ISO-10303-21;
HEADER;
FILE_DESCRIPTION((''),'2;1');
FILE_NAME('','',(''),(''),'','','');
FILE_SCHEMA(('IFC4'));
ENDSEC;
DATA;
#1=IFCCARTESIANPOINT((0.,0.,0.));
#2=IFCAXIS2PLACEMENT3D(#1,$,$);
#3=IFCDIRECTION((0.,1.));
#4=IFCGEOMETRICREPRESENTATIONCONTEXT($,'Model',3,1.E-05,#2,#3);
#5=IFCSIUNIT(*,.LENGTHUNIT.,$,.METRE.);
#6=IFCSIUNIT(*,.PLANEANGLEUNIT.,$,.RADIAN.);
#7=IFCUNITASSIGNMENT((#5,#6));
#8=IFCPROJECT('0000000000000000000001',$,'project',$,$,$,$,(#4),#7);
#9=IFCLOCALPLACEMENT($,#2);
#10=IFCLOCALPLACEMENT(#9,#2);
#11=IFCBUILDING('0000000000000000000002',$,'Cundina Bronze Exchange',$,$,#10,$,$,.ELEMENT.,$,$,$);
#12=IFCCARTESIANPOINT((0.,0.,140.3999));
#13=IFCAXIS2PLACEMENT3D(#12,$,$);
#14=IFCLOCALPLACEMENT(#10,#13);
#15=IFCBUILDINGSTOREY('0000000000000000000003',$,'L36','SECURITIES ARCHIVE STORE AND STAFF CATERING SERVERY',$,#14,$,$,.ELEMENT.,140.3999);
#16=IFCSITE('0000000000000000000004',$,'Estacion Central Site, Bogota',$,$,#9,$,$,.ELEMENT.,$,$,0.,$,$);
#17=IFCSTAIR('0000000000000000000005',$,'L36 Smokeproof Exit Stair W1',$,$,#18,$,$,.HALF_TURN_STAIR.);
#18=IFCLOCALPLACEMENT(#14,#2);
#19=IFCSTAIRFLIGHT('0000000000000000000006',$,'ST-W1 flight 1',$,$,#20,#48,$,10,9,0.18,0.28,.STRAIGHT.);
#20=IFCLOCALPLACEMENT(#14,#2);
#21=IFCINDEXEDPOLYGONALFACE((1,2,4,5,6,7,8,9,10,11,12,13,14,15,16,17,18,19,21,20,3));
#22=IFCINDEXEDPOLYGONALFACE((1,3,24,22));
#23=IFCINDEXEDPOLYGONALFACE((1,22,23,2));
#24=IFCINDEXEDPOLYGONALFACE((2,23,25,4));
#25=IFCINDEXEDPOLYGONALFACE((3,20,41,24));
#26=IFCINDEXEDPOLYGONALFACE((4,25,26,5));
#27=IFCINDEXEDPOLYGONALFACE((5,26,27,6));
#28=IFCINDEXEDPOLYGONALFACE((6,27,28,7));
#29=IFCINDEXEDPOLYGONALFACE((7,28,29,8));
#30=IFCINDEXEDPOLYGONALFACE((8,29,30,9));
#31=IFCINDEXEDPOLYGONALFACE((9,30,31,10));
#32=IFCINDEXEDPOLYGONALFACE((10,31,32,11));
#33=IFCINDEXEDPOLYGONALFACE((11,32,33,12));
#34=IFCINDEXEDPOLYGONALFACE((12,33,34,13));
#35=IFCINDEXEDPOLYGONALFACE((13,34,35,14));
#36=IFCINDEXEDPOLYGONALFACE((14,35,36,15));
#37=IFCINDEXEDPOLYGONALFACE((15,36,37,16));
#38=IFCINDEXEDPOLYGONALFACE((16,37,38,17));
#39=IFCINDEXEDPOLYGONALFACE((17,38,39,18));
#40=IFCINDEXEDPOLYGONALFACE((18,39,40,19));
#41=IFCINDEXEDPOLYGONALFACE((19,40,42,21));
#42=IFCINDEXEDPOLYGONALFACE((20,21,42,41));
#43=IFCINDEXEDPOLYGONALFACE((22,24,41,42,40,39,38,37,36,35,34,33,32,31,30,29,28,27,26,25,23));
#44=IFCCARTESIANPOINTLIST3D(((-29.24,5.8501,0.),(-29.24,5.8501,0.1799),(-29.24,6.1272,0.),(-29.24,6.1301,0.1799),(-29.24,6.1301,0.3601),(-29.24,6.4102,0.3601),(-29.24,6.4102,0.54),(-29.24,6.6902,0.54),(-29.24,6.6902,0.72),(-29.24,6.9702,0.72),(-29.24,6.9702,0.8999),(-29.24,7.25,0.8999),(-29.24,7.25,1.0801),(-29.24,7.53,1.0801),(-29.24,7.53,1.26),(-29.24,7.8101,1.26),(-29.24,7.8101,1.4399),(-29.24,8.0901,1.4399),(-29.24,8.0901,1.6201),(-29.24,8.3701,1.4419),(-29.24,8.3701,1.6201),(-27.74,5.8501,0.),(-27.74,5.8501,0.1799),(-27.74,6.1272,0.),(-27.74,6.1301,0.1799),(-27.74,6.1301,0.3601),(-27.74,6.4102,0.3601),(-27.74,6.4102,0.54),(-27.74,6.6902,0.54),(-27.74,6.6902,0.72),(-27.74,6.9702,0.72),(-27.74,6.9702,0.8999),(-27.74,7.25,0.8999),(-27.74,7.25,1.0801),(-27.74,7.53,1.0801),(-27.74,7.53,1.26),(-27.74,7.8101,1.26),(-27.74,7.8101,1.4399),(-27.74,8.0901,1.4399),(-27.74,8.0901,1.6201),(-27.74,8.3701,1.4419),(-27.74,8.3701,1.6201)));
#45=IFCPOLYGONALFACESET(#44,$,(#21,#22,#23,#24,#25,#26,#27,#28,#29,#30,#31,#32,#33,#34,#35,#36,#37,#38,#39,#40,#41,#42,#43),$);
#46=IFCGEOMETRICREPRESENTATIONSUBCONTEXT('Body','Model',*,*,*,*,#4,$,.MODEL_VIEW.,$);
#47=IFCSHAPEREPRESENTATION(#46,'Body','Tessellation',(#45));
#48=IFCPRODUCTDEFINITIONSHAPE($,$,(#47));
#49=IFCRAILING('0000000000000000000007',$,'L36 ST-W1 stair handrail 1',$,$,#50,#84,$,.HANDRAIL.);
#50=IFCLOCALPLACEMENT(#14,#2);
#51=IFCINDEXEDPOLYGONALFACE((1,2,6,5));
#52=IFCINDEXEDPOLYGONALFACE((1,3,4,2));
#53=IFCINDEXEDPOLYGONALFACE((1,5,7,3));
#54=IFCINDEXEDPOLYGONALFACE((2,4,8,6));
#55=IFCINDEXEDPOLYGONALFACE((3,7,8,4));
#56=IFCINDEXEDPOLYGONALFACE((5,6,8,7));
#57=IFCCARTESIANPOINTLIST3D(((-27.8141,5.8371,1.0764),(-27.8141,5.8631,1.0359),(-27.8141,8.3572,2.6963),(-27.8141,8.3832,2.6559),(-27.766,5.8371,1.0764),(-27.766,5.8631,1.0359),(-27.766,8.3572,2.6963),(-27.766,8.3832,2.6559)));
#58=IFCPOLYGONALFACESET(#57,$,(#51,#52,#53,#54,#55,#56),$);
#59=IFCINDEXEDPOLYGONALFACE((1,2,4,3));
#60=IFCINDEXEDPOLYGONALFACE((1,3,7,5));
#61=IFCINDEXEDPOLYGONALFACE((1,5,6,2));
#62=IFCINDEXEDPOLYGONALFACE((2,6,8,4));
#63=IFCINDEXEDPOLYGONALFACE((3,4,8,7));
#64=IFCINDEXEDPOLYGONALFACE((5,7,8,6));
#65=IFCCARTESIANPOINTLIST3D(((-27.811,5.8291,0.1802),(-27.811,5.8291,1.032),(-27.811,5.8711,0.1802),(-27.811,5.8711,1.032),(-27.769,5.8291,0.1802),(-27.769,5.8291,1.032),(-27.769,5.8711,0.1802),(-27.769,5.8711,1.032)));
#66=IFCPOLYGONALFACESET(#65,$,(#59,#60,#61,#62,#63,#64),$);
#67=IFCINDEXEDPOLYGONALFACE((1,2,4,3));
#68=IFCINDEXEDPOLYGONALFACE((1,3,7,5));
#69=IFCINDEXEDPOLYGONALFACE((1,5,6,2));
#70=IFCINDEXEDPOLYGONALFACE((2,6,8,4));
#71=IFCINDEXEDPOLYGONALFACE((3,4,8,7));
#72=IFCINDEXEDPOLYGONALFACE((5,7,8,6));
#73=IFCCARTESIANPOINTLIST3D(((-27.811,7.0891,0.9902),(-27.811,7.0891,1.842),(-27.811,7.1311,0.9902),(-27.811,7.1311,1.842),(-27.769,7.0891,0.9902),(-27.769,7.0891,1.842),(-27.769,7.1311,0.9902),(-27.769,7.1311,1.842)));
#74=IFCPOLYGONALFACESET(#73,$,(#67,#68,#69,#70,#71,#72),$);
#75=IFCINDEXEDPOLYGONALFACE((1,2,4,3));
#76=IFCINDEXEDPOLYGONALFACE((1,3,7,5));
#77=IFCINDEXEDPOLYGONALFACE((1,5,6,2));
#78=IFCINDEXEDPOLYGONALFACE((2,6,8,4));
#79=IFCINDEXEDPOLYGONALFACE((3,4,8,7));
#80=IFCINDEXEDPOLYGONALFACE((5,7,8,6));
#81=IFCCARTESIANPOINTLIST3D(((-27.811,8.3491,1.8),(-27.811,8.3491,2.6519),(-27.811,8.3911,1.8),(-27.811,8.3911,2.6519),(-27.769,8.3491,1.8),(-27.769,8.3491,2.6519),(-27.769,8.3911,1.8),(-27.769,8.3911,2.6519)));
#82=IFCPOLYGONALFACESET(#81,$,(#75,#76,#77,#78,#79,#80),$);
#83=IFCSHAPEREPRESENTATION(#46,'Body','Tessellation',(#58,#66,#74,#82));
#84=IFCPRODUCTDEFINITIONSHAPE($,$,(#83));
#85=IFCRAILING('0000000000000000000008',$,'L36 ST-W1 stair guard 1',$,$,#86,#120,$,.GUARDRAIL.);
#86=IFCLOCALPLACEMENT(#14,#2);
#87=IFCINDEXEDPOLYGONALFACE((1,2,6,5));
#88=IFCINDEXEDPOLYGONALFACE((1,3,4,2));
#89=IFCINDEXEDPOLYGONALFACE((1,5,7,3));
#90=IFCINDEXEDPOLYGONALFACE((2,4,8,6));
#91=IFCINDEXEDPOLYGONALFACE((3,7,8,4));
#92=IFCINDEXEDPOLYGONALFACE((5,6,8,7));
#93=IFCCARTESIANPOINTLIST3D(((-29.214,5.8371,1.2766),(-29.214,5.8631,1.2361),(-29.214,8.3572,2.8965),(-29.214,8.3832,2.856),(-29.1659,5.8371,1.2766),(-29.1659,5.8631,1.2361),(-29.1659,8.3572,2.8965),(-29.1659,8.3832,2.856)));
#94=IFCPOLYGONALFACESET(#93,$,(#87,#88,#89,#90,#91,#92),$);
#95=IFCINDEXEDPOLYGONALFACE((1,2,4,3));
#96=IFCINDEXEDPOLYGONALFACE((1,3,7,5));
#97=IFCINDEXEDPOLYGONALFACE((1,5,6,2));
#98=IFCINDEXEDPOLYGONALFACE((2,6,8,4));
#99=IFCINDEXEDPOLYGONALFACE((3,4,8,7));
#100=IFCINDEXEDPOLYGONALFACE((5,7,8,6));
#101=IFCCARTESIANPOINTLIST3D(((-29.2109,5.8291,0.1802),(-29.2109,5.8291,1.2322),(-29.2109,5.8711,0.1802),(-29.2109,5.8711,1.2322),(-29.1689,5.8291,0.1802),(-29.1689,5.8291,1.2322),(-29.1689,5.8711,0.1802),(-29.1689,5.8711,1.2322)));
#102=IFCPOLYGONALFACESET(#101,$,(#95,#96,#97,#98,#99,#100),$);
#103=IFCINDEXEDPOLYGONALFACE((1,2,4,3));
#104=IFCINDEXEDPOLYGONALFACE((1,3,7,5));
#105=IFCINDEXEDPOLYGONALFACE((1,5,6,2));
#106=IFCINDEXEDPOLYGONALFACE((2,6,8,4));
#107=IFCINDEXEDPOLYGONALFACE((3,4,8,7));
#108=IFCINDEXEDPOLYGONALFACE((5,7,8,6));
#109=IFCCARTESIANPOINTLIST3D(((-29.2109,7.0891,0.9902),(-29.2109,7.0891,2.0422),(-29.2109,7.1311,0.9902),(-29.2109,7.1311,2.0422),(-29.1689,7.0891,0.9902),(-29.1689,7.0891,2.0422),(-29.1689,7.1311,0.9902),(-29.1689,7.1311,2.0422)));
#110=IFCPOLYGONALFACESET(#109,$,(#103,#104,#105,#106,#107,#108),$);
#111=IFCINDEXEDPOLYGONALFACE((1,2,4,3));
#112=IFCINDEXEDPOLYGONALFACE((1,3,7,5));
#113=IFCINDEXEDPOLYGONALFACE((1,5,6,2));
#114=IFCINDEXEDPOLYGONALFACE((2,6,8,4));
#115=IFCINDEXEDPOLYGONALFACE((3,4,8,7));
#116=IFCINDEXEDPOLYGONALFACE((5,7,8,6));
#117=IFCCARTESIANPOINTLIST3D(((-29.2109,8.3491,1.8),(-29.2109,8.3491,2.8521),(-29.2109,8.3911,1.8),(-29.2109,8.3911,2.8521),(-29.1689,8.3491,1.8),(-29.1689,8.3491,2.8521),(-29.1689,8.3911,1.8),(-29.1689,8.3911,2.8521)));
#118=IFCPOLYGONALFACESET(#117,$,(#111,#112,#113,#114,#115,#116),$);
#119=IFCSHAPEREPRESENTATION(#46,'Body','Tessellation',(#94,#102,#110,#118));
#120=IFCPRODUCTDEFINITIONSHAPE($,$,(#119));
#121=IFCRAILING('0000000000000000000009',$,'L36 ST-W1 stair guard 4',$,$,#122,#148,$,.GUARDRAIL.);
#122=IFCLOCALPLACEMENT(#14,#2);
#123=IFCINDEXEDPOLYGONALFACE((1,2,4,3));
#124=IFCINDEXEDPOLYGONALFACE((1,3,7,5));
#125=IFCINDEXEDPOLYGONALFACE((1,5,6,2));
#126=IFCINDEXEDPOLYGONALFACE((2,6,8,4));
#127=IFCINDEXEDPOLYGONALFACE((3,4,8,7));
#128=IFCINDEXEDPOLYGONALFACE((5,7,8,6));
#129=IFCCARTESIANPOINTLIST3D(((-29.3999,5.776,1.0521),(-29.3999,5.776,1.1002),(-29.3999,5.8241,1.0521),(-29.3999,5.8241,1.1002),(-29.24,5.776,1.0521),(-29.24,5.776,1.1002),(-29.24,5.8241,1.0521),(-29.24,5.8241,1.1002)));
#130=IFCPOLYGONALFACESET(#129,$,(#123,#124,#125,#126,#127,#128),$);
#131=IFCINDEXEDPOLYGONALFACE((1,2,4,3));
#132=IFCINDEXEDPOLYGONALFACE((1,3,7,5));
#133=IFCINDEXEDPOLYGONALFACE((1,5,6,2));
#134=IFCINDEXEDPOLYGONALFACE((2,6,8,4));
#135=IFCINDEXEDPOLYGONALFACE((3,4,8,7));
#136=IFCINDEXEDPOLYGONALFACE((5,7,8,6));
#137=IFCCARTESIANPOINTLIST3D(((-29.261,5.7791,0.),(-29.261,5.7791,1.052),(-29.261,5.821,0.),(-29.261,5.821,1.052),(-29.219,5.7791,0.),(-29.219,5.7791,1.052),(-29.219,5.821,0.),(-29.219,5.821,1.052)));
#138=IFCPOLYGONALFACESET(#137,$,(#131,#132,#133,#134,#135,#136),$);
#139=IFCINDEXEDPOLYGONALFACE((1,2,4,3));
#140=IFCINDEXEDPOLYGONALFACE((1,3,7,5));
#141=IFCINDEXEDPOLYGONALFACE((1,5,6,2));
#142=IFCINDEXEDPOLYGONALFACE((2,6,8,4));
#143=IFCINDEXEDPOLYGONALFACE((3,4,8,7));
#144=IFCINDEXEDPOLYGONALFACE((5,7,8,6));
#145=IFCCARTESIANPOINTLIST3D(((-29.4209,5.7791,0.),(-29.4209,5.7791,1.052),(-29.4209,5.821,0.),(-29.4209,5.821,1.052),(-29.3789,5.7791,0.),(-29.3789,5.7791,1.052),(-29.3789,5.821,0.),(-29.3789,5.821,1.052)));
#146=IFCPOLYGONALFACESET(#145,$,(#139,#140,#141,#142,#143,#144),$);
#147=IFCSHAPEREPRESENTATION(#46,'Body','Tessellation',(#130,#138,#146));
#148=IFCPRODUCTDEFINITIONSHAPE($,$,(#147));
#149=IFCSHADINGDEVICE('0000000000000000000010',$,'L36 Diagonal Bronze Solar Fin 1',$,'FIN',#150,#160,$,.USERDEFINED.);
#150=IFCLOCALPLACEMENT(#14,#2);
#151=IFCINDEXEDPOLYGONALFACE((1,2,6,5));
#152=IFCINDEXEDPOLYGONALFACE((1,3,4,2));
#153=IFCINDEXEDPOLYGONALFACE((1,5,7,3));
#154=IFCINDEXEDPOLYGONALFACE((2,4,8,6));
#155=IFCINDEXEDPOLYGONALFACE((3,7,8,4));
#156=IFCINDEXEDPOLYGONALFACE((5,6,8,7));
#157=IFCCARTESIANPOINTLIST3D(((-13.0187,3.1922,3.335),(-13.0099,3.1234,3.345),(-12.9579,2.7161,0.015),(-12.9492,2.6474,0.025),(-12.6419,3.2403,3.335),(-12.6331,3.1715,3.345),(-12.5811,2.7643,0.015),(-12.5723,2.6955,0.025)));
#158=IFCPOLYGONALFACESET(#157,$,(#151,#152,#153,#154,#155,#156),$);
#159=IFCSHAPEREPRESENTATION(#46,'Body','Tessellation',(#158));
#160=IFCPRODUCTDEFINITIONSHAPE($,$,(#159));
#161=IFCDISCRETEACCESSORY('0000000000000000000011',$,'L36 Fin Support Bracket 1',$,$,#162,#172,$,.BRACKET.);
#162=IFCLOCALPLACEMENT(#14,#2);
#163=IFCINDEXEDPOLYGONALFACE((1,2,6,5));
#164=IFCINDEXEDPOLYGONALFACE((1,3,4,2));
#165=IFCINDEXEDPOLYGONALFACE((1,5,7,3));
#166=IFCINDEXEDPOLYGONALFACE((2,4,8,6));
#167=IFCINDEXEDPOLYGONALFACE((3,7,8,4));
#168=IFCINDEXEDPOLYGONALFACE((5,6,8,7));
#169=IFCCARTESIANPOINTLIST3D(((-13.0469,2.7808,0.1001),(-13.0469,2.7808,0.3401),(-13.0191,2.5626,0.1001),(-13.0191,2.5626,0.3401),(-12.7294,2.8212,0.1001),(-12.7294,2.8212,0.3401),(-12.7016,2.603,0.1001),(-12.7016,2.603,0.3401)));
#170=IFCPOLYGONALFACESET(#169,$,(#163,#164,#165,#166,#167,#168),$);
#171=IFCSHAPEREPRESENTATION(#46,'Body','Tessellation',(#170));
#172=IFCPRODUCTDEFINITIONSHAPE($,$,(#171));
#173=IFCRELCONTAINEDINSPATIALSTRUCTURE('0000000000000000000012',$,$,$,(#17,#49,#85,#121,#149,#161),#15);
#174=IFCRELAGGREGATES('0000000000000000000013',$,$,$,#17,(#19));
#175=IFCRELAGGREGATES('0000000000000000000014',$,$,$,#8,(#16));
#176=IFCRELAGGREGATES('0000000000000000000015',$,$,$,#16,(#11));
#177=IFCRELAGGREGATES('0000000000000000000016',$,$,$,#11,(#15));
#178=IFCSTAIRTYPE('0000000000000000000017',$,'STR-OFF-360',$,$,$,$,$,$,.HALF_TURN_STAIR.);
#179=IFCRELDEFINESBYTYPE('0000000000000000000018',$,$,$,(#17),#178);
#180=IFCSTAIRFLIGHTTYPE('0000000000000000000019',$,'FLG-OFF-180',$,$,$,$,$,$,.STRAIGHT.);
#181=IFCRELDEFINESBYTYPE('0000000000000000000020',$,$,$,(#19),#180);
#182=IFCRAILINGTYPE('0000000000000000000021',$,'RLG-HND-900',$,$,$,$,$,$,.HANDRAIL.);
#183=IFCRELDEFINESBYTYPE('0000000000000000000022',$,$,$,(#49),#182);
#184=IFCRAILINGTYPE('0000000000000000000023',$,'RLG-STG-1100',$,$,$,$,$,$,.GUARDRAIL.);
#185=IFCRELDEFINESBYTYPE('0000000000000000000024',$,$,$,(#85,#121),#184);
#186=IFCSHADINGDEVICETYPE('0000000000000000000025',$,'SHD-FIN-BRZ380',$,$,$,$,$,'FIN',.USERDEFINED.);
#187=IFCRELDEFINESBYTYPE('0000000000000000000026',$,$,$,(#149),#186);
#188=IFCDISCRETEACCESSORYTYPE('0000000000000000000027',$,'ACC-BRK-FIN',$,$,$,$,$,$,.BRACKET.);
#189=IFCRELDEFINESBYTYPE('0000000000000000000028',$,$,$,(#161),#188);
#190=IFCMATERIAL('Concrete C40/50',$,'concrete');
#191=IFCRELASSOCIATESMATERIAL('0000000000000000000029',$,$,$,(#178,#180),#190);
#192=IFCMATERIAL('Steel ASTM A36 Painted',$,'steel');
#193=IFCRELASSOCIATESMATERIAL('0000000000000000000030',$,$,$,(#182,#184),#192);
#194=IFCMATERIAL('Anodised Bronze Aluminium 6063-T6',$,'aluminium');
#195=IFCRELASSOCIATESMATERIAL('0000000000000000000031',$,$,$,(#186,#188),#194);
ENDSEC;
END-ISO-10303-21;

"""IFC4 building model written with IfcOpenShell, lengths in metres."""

from ifc_helpers import new_model, si_unit, direction, frame, origin, origin_2d, place, context, subcontext, project, spatial, polyline, rectangle, outline, extrude, material, material_profile, profile_set, type_object, element, aggregate, save


model = new_model("IFC4")

# Units and contexts
model_context = context("Model", 3, precision=1e-05, world=origin(), true_north=direction((0.0, 1.0)))
body_context = subcontext(model_context, "Body", "Model", "MODEL_VIEW")
ifc_project = project(units=[si_unit("LENGTHUNIT", "METRE"), si_unit("PLANEANGLEUNIT", "RADIAN")], contexts=[model_context])

# Site, building, storey
site_placement = place(None, origin())
site = spatial("IfcSite", under=ifc_project, at=site_placement, Name="Estacion Central Site, Bogota", CompositionType="ELEMENT", RefElevation=0.0)
building_placement = place(site_placement, origin())
building = spatial("IfcBuilding", under=site, at=building_placement, Name="Cundina Bronze Exchange", CompositionType="ELEMENT")
storey_placement = place(building_placement, frame((0.0, 0.0, 140.3999)))
storey = spatial("IfcBuildingStorey", under=building, at=storey_placement, Name="L36", Description="SECURITIES ARCHIVE STORE AND STAFF CATERING SERVERY", CompositionType="ELEMENT", Elevation=140.3999)

# Shared definitions
ifc_material_1 = material(Name="Anodised Bronze Aluminium 6063-T6", Category="aluminium")

# Shared definitions
ifc_material_2 = material(Name="Steel ASTM A36 Painted", Category="steel")

# Stair, stair flight
ifc_material_3 = material(Name="Concrete C40/50", Category="concrete")
stair_type = type_object("IfcStairType", Name="STR-OFF-360", PredefinedType="HALF_TURN_STAIR", material=ifc_material_3)
stair_placement = place(storey_placement, origin())
stair = element("IfcStair", 1, at=stair_placement, inside=storey, type_object=stair_type, Name="L36 Smokeproof Exit Stair W1", PredefinedType="HALF_TURN_STAIR")
stair_flight_type = type_object("IfcStairFlightType", Name="FLG-OFF-180", PredefinedType="STRAIGHT", material=ifc_material_3)
stair_flight_placement = place(storey_placement, frame((-28.49, 5.8501, 0.0), z_axis=(0.0, 0.0, 1.0), x_axis=(0.0, 1.0, 0.0)))
stair_flight = element("IfcStairFlight", 2, at=stair_flight_placement, type_object=stair_flight_type, Name="ST-W1 flight 1", NumberOfRisers=10, NumberOfTreads=9, PredefinedType="STRAIGHT", RiserHeight=0.18, TreadLength=0.28, context=body_context, shape_type="SweptSolid", body=[
    extrude(outline(polyline([(0.0, 0.0), (0.0, 0.1799), (0.28, 0.1799), (0.28, 0.3601), (0.5601, 0.3601), (0.5601, 0.54), (0.8401, 0.54), (0.8401, 0.72), (1.1201, 0.72), (1.1201, 0.8999), (1.3999, 0.8999), (1.3999, 1.0801), (1.6799, 1.0801), (1.6799, 1.26), (1.96, 1.26), (1.96, 1.4399), (2.24, 1.4399), (2.24, 1.6201), (2.52, 1.6201), (2.52, 1.8), (2.52, 1.4419), (0.2771, 0.0), (0.0, 0.0)])), frame((0.0, 0.75, 0.0), z_axis=(0.0, -1.0, 0.0), x_axis=(1.0, 0.0, 0.0)), (0.0, 0.0, 1.0), 1.5),
])
aggregate(stair, [stair_flight])

# Railings
railing_type_1 = type_object("IfcRailingType", Name="RLG-HND-900", PredefinedType="HANDRAIL", material=ifc_material_2)
railing_1_placement = place(storey_placement, frame((-27.79, 5.8501, 0.1802)))
element("IfcRailing", 3, at=railing_1_placement, inside=storey, type_object=railing_type_1, Name="L36 ST-W1 stair handrail 1", PredefinedType="HANDRAIL", context=body_context, shape_type="SweptSolid", body=[
    extrude(rectangle(XDim=0.0481, YDim=0.0481, at=origin_2d()), frame((0.0, 0.0, 0.876), z_axis=(0.0, 0.8412, 0.540725), x_axis=(-1.0, 0.0, 0.0)), (0.0, 0.0, 1.0), 2.9958),
    extrude(rectangle(XDim=0.042, YDim=0.042, at=origin_2d()), origin(), (0.0, 0.0, 1.0), 0.8518),
    extrude(rectangle(XDim=0.042, YDim=0.042, at=origin_2d()), frame((0.0, 1.26, 0.8101)), (0.0, 0.0, 1.0), 0.8518),
    extrude(rectangle(XDim=0.042, YDim=0.042, at=origin_2d()), frame((0.0, 2.52, 1.6199)), (0.0, 0.0, 1.0), 0.8518),
])
railing_type_2 = type_object("IfcRailingType", Name="RLG-STG-1100", PredefinedType="GUARDRAIL", material=ifc_material_2)
railing_2_placement = place(storey_placement, frame((-29.1899, 5.8501, 0.1802)))
element("IfcRailing", 4, at=railing_2_placement, inside=storey, type_object=railing_type_2, Name="L36 ST-W1 stair guard 1", PredefinedType="GUARDRAIL", context=body_context, shape_type="SweptSolid", body=[
    extrude(rectangle(XDim=0.0481, YDim=0.0481, at=origin_2d()), frame((0.0, 0.0, 1.0762), z_axis=(0.0, 0.8412, 0.540725), x_axis=(-1.0, 0.0, 0.0)), (0.0, 0.0, 1.0), 2.9958),
    extrude(rectangle(XDim=0.042, YDim=0.042, at=origin_2d()), origin(), (0.0, 0.0, 1.0), 1.052),
    extrude(rectangle(XDim=0.042, YDim=0.042, at=origin_2d()), frame((0.0, 1.26, 0.8101)), (0.0, 0.0, 1.0), 1.052),
    extrude(rectangle(XDim=0.042, YDim=0.042, at=origin_2d()), frame((0.0, 2.52, 1.6199)), (0.0, 0.0, 1.0), 1.052),
])
railing_3_placement = place(storey_placement, frame((-29.24, 5.8, 0.0)))
element("IfcRailing", 5, at=railing_3_placement, inside=storey, type_object=railing_type_2, Name="L36 ST-W1 stair guard 4", PredefinedType="GUARDRAIL", context=body_context, shape_type="SweptSolid", body=[
    extrude(rectangle(XDim=0.0481, YDim=0.0481, at=origin_2d()), frame((0.0, 0.0, 1.0762), z_axis=(-1.0, 0.0, 0.0), x_axis=(0.0, -1.0, 0.0)), (0.0, 0.0, 1.0), 0.1599),
    extrude(rectangle(XDim=0.042, YDim=0.042, at=origin_2d()), origin(), (0.0, 0.0, 1.0), 1.052),
    extrude(rectangle(XDim=0.042, YDim=0.042, at=origin_2d()), frame((-0.1599, 0.0, 0.0)), (0.0, 0.0, 1.0), 1.052),
])

# Shading device
ifc_material_profile_1 = material_profile(ifc_material_1, rectangle(XDim=0.0701, YDim=0.3799, at=origin_2d()), Name="FIN70X380", Category="aluminium")
ifc_profile_set_1 = profile_set([ifc_material_profile_1], Name="Anodised Bronze Aluminium 6063-T6")
shading_device_type = type_object("IfcShadingDeviceType", Name="SHD-FIN-BRZ380", ElementType="FIN", PredefinedType="USERDEFINED", material=ifc_profile_set_1)
shading_device_placement = place(storey_placement, frame((-12.7651, 2.7058, 0.02), z_axis=(-0.018122, 0.141918, 0.989713), x_axis=(0.125361, -0.981741, 0.14307)))
element("IfcShadingDevice", 6, at=shading_device_placement, inside=storey, type_object=shading_device_type, Name="L36 Diagonal Bronze Solar Fin 1", ObjectType="FIN", PredefinedType="USERDEFINED", context=body_context, shape_type="SweptSolid", body=[
    extrude(rectangle(XDim=0.0701, YDim=0.3799, at=origin_2d()), origin(), (0.0, 0.0, 1.0), 3.3545),
])

# Discrete accessory
discrete_accessory_type = type_object("IfcDiscreteAccessoryType", Name="ACC-BRK-FIN", PredefinedType="BRACKET", material=ifc_material_1)
discrete_accessory_placement = place(storey_placement, frame((-12.8743, 2.6919, 0.1001), z_axis=(0.0, 0.0, 1.0), x_axis=(-0.126476, 0.99197, 0.0)))
element("IfcDiscreteAccessory", 7, at=discrete_accessory_placement, inside=storey, type_object=discrete_accessory_type, Name="L36 Fin Support Bracket 1", PredefinedType="BRACKET", context=body_context, shape_type="SweptSolid", body=[
    extrude(rectangle(XDim=0.22, YDim=0.3201, at=origin_2d()), origin(), (0.0, 0.0, 1.0), 0.24),
])

save(model, "model.ifc")
